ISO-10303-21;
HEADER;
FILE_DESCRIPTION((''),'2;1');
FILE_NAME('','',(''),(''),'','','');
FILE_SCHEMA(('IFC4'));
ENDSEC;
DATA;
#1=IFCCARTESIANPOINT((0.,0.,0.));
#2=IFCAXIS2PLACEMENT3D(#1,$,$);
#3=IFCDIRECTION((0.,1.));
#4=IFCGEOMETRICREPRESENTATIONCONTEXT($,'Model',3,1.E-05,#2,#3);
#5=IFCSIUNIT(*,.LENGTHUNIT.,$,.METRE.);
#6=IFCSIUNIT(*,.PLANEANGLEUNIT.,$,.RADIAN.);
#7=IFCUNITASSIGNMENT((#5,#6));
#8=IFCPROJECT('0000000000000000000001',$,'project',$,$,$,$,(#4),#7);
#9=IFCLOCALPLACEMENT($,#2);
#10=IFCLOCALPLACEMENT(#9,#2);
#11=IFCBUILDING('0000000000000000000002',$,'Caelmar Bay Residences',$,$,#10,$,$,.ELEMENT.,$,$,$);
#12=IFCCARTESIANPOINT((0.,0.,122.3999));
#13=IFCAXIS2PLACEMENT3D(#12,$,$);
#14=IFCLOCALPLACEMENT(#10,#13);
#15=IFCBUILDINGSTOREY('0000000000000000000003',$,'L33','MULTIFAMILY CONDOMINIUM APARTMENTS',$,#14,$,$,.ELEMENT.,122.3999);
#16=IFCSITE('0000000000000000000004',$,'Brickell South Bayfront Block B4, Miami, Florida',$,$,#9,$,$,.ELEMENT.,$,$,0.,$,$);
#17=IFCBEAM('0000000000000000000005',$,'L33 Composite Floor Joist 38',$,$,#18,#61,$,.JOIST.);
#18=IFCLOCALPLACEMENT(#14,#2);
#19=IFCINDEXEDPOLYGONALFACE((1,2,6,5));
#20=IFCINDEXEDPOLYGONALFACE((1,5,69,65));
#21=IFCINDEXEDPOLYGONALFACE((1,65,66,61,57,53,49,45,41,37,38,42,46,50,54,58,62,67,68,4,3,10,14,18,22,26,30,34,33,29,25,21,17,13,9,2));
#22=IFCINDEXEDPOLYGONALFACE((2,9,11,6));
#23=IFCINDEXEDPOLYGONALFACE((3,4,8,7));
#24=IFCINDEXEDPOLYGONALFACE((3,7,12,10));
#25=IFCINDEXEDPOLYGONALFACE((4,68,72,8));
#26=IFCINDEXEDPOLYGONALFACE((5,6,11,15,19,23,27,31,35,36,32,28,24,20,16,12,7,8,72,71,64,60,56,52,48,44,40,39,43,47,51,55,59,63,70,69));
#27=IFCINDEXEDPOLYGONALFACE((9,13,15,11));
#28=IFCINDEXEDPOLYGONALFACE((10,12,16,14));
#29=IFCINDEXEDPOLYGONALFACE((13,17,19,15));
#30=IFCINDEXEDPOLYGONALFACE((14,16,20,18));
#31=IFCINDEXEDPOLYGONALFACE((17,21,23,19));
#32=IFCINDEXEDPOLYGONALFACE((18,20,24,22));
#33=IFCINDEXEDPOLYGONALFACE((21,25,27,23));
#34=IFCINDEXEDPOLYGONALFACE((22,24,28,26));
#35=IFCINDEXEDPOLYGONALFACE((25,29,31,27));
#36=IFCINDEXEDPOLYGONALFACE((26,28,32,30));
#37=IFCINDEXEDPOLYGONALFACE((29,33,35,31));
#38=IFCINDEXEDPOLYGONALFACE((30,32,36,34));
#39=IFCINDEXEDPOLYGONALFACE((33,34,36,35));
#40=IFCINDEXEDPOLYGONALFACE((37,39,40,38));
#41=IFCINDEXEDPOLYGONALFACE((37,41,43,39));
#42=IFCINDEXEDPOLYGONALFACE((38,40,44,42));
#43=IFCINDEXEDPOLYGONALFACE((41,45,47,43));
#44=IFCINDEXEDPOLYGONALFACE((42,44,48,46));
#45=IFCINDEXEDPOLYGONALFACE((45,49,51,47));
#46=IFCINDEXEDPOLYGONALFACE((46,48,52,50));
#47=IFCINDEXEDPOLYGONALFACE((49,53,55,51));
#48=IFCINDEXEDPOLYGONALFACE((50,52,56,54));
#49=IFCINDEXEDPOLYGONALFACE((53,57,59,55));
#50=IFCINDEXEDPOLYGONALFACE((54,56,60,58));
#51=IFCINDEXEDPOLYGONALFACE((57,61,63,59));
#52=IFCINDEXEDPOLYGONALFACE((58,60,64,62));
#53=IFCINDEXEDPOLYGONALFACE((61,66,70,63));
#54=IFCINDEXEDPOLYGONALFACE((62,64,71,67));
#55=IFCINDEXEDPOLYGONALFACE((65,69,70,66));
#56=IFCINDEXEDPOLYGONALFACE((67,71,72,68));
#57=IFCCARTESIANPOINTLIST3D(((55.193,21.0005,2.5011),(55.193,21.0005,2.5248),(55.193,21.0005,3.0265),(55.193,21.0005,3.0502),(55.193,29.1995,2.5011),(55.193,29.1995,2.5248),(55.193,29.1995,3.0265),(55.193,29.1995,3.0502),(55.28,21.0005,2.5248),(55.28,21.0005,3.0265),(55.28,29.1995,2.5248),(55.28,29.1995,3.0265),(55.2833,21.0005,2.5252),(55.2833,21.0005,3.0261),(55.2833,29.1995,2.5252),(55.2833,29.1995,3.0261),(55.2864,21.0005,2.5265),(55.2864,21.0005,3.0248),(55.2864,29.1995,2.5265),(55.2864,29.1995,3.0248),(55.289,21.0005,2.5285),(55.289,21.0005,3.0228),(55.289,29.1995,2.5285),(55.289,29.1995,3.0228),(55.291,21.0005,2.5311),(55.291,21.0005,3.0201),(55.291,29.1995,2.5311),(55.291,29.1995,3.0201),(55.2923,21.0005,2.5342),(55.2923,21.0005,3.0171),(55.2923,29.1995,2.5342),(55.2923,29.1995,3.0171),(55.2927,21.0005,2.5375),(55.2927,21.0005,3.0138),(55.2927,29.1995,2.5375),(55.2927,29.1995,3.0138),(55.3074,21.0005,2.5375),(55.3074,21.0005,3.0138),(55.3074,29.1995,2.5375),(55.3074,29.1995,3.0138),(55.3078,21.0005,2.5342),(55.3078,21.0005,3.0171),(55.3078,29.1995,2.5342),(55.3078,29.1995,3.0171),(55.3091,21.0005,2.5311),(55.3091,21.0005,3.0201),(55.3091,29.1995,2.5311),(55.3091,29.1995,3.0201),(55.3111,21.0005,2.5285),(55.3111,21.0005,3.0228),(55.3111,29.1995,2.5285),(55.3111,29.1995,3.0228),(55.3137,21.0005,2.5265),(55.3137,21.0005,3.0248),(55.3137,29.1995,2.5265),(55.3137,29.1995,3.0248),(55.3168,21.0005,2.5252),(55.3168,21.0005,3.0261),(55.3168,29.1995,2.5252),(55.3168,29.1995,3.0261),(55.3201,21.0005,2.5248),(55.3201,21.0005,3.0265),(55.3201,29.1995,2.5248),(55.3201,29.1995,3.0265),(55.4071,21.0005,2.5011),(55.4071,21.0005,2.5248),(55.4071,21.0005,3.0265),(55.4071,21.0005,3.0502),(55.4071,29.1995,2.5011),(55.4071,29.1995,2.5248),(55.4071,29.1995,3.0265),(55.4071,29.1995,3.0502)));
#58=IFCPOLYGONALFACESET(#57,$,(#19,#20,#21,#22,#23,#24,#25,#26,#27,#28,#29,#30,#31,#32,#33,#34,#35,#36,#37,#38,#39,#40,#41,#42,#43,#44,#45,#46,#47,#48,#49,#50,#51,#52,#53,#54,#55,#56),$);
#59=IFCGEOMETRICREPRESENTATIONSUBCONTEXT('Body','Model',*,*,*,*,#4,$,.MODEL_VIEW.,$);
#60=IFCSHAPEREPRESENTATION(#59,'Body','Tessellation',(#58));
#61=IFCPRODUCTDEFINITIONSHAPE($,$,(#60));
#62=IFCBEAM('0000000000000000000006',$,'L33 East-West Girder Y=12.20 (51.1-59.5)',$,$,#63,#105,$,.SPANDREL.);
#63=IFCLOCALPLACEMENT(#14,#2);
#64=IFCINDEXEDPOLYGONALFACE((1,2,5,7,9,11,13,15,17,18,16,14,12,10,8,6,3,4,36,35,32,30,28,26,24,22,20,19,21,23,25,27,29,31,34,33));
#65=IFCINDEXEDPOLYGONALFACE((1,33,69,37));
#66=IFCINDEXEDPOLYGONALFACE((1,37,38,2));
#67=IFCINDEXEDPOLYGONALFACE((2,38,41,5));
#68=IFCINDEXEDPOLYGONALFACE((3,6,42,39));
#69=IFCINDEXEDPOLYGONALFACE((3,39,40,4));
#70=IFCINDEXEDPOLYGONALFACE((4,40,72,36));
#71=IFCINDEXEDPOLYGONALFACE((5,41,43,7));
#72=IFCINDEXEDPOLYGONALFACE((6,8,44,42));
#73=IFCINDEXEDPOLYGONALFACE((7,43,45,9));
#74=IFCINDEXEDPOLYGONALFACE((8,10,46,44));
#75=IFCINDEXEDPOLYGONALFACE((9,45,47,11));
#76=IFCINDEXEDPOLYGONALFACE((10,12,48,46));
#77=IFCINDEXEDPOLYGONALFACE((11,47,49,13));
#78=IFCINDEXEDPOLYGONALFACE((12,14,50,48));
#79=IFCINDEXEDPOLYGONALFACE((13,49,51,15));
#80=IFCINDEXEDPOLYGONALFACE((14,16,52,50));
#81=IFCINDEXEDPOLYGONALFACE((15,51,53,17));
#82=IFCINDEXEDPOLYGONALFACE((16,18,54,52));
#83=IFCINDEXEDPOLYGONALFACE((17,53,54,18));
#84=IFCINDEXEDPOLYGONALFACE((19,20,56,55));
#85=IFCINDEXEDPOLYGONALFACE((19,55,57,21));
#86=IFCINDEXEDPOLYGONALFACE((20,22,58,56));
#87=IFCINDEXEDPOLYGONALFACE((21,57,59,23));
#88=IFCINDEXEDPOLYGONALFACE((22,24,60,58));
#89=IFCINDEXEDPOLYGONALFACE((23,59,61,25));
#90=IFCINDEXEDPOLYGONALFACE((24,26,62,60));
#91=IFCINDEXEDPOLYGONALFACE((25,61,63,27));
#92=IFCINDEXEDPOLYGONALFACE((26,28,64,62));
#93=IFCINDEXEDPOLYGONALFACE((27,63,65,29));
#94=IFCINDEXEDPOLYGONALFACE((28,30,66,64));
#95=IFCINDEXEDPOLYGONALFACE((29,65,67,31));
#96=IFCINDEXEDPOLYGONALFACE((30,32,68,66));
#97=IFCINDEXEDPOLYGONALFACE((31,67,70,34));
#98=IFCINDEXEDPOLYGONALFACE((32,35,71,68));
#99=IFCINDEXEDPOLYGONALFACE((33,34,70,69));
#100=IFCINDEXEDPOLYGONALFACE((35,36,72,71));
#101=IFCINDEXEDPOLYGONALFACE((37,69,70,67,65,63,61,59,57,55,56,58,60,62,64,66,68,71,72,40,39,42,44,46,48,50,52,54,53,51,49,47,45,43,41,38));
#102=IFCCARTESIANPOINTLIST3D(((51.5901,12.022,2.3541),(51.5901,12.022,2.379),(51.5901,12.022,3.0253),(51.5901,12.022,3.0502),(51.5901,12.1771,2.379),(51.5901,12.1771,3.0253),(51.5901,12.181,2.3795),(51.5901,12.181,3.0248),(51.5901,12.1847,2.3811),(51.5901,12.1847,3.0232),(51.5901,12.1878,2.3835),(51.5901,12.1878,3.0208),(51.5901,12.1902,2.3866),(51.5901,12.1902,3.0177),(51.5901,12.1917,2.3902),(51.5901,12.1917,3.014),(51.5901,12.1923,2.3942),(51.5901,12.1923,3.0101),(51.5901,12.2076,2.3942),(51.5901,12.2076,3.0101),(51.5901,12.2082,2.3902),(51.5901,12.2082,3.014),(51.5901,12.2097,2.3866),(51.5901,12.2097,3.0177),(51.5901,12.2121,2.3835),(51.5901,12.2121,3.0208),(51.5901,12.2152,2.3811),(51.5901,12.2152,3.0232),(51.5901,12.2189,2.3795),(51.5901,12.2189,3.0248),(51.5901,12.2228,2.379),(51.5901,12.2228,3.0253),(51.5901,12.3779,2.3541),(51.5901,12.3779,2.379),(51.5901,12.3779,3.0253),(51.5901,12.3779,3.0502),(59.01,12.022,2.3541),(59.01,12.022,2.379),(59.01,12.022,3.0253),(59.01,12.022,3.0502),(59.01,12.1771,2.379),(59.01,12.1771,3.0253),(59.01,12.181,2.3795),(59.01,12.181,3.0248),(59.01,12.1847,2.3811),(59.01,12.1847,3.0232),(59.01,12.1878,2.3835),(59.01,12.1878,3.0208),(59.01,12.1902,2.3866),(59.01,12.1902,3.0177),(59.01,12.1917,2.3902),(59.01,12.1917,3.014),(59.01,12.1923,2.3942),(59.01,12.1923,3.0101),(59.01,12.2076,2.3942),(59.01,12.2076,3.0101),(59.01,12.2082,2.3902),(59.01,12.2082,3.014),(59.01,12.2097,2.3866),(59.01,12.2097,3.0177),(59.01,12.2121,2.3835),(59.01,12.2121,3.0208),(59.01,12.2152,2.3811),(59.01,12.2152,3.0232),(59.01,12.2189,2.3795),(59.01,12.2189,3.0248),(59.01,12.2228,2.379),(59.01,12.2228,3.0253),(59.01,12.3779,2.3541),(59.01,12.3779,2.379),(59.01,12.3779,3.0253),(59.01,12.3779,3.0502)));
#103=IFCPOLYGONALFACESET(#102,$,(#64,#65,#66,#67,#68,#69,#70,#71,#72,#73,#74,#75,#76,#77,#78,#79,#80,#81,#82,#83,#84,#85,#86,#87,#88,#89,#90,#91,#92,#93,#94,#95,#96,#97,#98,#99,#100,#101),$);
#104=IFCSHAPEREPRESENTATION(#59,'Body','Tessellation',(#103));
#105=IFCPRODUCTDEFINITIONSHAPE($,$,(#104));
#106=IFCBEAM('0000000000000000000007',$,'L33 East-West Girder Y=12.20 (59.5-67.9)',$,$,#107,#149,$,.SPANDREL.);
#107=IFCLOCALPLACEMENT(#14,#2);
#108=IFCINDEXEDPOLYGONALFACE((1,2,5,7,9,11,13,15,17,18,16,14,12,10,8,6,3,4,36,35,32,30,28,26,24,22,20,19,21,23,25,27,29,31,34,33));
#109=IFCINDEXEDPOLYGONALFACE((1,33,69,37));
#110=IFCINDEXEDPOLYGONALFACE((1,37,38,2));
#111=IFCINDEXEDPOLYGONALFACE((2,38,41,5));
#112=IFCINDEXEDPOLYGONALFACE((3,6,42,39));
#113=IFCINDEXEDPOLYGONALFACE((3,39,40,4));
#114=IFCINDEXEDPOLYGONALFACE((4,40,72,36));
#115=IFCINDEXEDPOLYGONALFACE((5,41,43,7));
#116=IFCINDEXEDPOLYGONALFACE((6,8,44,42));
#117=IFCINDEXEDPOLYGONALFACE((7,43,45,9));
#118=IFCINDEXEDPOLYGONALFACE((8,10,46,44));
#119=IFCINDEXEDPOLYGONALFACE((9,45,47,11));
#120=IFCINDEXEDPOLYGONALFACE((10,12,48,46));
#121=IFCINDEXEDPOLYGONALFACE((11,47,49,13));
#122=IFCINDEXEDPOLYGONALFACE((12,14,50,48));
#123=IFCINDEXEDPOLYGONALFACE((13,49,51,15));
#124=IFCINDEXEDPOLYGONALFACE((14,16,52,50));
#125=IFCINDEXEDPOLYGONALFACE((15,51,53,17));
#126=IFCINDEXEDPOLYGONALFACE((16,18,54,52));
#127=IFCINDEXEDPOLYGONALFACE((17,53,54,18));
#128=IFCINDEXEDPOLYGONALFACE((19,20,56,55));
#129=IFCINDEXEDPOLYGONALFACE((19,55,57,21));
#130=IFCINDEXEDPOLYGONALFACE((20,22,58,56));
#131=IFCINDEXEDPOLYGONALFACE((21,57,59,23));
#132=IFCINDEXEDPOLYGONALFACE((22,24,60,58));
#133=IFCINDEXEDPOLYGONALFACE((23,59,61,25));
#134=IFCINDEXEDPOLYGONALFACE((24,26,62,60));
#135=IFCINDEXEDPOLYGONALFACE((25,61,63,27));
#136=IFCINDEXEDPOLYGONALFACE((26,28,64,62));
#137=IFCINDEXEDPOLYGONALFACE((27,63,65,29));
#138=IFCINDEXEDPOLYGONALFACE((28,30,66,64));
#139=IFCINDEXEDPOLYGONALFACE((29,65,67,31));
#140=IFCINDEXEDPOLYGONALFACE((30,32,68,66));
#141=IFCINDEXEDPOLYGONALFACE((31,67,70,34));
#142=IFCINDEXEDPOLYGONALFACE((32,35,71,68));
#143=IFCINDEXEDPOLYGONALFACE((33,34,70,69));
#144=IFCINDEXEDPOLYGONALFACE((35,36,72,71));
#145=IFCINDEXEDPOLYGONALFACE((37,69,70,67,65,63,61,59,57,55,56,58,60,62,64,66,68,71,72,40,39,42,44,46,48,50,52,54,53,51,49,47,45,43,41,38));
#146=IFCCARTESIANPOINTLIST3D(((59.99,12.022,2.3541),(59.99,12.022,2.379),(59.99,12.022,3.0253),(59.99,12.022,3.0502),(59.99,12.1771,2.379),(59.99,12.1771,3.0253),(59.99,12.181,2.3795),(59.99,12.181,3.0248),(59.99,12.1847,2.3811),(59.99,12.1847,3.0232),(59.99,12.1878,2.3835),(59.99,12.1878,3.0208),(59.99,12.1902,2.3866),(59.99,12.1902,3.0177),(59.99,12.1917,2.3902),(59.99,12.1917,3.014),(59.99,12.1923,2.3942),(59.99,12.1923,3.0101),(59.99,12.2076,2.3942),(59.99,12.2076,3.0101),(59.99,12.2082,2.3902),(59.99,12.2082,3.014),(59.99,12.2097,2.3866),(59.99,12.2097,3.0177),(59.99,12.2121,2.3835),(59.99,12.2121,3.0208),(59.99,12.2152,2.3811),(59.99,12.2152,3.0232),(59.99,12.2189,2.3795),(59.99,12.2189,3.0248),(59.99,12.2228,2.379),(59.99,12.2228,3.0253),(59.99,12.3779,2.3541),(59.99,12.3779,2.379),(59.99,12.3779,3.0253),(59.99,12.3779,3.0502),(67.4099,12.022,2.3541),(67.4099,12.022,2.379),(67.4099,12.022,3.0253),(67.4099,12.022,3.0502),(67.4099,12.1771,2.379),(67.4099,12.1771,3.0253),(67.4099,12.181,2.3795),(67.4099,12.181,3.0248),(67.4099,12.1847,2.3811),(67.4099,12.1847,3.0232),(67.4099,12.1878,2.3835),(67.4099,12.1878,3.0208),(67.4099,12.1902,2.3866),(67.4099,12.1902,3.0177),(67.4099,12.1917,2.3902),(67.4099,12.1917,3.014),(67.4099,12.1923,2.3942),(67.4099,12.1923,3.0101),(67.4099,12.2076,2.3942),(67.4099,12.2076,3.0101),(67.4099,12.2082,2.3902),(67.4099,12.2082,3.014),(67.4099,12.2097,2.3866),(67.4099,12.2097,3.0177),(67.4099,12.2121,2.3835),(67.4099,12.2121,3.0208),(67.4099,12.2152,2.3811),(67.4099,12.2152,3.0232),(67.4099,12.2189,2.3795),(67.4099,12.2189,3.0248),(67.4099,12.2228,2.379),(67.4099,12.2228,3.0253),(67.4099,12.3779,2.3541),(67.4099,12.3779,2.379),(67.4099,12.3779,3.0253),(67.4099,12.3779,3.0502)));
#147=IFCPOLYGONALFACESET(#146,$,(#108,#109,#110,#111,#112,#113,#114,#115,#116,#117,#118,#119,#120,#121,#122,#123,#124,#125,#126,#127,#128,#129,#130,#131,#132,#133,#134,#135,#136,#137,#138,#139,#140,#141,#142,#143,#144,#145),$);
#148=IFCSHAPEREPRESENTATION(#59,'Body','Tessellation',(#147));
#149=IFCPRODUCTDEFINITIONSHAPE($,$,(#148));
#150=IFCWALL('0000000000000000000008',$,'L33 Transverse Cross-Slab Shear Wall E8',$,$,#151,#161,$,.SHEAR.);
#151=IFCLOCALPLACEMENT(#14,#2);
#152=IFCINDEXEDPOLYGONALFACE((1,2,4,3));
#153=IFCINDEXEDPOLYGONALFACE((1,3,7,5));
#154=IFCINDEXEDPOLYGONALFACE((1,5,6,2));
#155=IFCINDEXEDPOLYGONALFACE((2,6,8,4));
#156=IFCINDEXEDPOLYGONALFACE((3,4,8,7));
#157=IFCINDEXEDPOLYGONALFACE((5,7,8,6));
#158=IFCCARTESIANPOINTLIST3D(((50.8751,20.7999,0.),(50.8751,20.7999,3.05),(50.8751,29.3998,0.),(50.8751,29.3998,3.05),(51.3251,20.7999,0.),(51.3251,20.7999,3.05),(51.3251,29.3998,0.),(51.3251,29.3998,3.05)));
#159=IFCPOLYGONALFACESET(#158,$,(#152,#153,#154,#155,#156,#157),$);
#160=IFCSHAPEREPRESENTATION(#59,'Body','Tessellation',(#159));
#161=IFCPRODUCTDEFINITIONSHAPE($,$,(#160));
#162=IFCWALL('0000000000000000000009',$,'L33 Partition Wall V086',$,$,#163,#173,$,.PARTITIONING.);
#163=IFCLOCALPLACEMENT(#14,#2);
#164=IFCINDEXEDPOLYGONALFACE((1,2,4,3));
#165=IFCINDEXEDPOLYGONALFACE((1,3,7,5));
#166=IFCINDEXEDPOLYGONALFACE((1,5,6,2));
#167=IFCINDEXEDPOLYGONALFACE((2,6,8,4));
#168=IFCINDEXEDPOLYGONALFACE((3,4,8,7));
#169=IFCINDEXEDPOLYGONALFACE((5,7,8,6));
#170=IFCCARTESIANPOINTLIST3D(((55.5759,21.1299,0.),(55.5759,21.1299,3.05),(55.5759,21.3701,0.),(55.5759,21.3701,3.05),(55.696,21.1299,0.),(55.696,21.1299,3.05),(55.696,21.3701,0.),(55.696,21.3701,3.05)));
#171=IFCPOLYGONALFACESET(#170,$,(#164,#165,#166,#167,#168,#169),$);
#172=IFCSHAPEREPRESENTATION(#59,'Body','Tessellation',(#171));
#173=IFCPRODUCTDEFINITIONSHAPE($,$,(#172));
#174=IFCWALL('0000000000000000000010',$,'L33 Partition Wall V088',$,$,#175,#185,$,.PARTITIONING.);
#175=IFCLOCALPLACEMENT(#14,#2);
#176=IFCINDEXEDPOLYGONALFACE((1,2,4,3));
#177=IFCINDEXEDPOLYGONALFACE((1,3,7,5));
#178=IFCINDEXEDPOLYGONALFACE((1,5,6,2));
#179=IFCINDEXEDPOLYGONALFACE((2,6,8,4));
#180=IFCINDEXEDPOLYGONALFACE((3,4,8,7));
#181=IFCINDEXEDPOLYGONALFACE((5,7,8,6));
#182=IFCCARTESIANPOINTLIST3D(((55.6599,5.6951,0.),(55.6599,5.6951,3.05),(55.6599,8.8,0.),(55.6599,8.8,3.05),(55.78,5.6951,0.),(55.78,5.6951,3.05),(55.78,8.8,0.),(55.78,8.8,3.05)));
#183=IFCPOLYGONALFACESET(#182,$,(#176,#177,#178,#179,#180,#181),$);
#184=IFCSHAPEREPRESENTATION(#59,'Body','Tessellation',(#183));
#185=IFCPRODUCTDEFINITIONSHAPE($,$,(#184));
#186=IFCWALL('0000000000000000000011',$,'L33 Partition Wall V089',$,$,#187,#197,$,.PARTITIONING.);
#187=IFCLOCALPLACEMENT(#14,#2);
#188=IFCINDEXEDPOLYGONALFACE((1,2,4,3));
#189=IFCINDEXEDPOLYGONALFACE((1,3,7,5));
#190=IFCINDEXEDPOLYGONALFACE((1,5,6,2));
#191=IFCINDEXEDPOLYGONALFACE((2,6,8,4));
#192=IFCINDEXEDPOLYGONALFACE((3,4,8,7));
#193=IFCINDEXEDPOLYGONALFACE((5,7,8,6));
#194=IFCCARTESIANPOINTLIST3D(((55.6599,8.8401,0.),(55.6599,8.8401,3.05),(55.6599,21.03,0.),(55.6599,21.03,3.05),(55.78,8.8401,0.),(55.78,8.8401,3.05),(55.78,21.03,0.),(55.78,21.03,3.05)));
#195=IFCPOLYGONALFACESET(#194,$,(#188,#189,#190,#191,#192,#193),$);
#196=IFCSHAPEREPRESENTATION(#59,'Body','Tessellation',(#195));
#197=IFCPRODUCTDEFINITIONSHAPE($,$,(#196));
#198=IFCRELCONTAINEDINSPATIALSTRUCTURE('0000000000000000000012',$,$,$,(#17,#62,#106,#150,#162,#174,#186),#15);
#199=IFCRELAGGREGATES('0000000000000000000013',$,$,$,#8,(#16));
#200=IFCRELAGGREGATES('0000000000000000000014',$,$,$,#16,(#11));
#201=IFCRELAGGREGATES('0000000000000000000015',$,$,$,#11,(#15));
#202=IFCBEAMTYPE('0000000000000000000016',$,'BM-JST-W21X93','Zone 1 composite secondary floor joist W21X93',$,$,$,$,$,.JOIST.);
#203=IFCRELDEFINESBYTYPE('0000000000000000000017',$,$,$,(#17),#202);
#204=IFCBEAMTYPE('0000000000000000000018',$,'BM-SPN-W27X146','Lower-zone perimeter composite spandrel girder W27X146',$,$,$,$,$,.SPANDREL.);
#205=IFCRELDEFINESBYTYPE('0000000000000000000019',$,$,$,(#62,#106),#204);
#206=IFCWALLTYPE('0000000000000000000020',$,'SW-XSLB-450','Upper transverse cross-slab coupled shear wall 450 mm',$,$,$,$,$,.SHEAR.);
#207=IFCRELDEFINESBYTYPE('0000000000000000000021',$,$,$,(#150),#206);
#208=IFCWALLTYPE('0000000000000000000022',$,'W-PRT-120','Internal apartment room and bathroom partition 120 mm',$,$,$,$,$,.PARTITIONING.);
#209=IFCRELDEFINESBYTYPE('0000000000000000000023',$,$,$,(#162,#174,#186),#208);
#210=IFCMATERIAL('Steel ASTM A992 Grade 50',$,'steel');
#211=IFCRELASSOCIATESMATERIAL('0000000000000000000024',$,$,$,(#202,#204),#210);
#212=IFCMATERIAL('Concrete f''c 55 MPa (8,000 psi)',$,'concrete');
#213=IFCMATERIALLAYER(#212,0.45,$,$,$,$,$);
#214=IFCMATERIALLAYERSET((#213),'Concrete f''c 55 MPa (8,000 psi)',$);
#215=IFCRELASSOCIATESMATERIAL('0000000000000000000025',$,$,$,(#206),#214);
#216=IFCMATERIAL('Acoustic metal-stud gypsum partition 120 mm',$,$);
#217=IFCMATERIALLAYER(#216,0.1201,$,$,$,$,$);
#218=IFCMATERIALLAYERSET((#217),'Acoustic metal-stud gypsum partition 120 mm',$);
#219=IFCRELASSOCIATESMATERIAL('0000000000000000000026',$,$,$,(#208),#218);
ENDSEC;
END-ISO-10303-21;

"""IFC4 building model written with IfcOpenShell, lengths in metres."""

from ifc_helpers import new_model, si_unit, direction, frame, frame_2d, origin, origin_2d, place, context, subcontext, project, spatial, rectangle, i_section, extrude, material, layer, layer_set, material_profile, profile_set, type_object, element, save


model = new_model("IFC4")

# Units and contexts
model_context = context("Model", 3, precision=1e-05, world=origin(), true_north=direction((0.0, 1.0)))
body_context = subcontext(model_context, "Body", "Model", "MODEL_VIEW")
ifc_project = project(units=[si_unit("LENGTHUNIT", "METRE"), si_unit("PLANEANGLEUNIT", "RADIAN")], contexts=[model_context])

# Site, building, storey
site_placement = place(None, origin())
site = spatial("IfcSite", under=ifc_project, at=site_placement, Name="Brickell South Bayfront Block B4, Miami, Florida", CompositionType="ELEMENT", RefElevation=0.0)
building_placement = place(site_placement, origin())
building = spatial("IfcBuilding", under=site, at=building_placement, Name="Caelmar Bay Residences", CompositionType="ELEMENT")
storey_placement = place(building_placement, frame((0.0, 0.0, 122.3999)))
storey = spatial("IfcBuildingStorey", under=building, at=storey_placement, Name="L33", Description="MULTIFAMILY CONDOMINIUM APARTMENTS", CompositionType="ELEMENT", Elevation=122.3999)

# Beams
ifc_material_1 = material(Name="Steel ASTM A992 Grade 50", Category="steel")
ifc_material_profile_1 = material_profile(ifc_material_1, i_section(OverallWidth=0.2141, OverallDepth=0.5491, WebThickness=0.0146, FlangeThickness=0.0237, FilletRadius=0.0127, at=origin_2d()), Name="W21X93")
ifc_profile_set_1 = profile_set([ifc_material_profile_1], Name="Steel ASTM A992 Grade 50")
beam_type_1 = type_object("IfcBeamType", Name="BM-JST-W21X93", Description="Zone 1 composite secondary floor joist W21X93", PredefinedType="JOIST", material=ifc_profile_set_1)
beam_1_placement = place(storey_placement, frame((55.3, 21.0005, 2.7756), z_axis=(0.0, 1.0, 0.0), x_axis=(-1.0, 0.0, 0.0)))
element("IfcBeam", 1, at=beam_1_placement, inside=storey, type_object=beam_type_1, Name="L33 Composite Floor Joist 38", PredefinedType="JOIST", context=body_context, shape_type="SweptSolid", body=[
    extrude(i_section(OverallWidth=0.2141, OverallDepth=0.5491, WebThickness=0.0146, FlangeThickness=0.0237, FilletRadius=0.0127, at=origin_2d()), origin(), (0.0, 0.0, 1.0), 8.199),
])
ifc_material_profile_2 = material_profile(ifc_material_1, i_section(OverallWidth=0.356, OverallDepth=0.696, WebThickness=0.0154, FlangeThickness=0.0249, FilletRadius=0.0151, at=origin_2d()), Name="W27X146")
ifc_profile_set_2 = profile_set([ifc_material_profile_2], Name="Steel ASTM A992 Grade 50")
beam_type_2 = type_object("IfcBeamType", Name="BM-SPN-W27X146", Description="Lower-zone perimeter composite spandrel girder W27X146", PredefinedType="SPANDREL", material=ifc_profile_set_2)
for number, where, z_axis, x_axis, name in (
    (2, (51.5901, 12.2, 2.7021), (1.0, 0.0, 0.0), (0.0, 1.0, 0.0), "L33 East-West Girder Y=12.20 (51.1-59.5)"),
    (3, (59.99, 12.2, 2.7021), (1.0, 0.0, 0.0), (0.0, 1.0, 0.0), "L33 East-West Girder Y=12.20 (59.5-67.9)"),
):
    element("IfcBeam", number, at=place(storey_placement, frame(where, z_axis=z_axis, x_axis=x_axis)), inside=storey, type_object=beam_type_2, Name=name, PredefinedType="SPANDREL", context=body_context, shape_type="SweptSolid", body=[
        extrude(i_section(OverallWidth=0.356, OverallDepth=0.696, WebThickness=0.0154, FlangeThickness=0.0249, FilletRadius=0.0151, at=origin_2d()), origin(), (0.0, 0.0, 1.0), 7.4199),
    ])

# Walls
ifc_material_2 = material(Name="Concrete f'c 55 MPa (8,000 psi)", Category="concrete")
ifc_layer_1 = layer(ifc_material_2, 0.45)
ifc_layer_set_1 = layer_set([ifc_layer_1], Name="Concrete f'c 55 MPa (8,000 psi)")
wall_type_1 = type_object("IfcWallType", Name="SW-XSLB-450", Description="Upper transverse cross-slab coupled shear wall 450 mm", PredefinedType="SHEAR", material=ifc_layer_set_1)
wall_1_placement = place(storey_placement, frame((51.1001, 20.8, 0.0), z_axis=(0.0, 0.0, 1.0), x_axis=(0.0, 1.0, 0.0)))
element("IfcWall", 4, at=wall_1_placement, inside=storey, type_object=wall_type_1, Name="L33 Transverse Cross-Slab Shear Wall E8", PredefinedType="SHEAR", context=body_context, shape_type="SweptSolid", body=[
    extrude(rectangle(XDim=8.5999, YDim=0.45, at=frame_2d((4.2998, 0.0))), origin(), (0.0, 0.0, 1.0), 3.05),
])
ifc_material_3 = material(Name="Acoustic metal-stud gypsum partition 120 mm")
ifc_layer_2 = layer(ifc_material_3, 0.1201)
ifc_layer_set_2 = layer_set([ifc_layer_2], Name="Acoustic metal-stud gypsum partition 120 mm")
wall_type_2 = type_object("IfcWallType", Name="W-PRT-120", Description="Internal apartment room and bathroom partition 120 mm", PredefinedType="PARTITIONING", material=ifc_layer_set_2)
wall_2_placement = place(storey_placement, frame((55.636, 21.1299, 0.0), z_axis=(0.0, 0.0, 1.0), x_axis=(0.0, 1.0, 0.0)))
element("IfcWall", 5, at=wall_2_placement, inside=storey, type_object=wall_type_2, Name="L33 Partition Wall V086", PredefinedType="PARTITIONING", context=body_context, shape_type="SweptSolid", body=[
    extrude(rectangle(XDim=0.2402, YDim=0.1201, at=frame_2d((0.1201, 0.0))), origin(), (0.0, 0.0, 1.0), 3.05),
])
wall_3_placement = place(storey_placement, frame((55.72, 5.6951, 0.0), z_axis=(0.0, 0.0, 1.0), x_axis=(0.0, 1.0, 0.0)))
element("IfcWall", 6, at=wall_3_placement, inside=storey, type_object=wall_type_2, Name="L33 Partition Wall V088", PredefinedType="PARTITIONING", context=body_context, shape_type="SweptSolid", body=[
    extrude(rectangle(XDim=3.105, YDim=0.1201, at=frame_2d((1.5525, 0.0))), origin(), (0.0, 0.0, 1.0), 3.05),
])
wall_4_placement = place(storey_placement, frame((55.72, 8.8401, 0.0), z_axis=(0.0, 0.0, 1.0), x_axis=(0.0, 1.0, 0.0)))
element("IfcWall", 7, at=wall_4_placement, inside=storey, type_object=wall_type_2, Name="L33 Partition Wall V089", PredefinedType="PARTITIONING", context=body_context, shape_type="SweptSolid", body=[
    extrude(rectangle(XDim=12.1899, YDim=0.1201, at=frame_2d((6.095, 0.0))), origin(), (0.0, 0.0, 1.0), 3.05),
])

save(model, "model.ifc")
